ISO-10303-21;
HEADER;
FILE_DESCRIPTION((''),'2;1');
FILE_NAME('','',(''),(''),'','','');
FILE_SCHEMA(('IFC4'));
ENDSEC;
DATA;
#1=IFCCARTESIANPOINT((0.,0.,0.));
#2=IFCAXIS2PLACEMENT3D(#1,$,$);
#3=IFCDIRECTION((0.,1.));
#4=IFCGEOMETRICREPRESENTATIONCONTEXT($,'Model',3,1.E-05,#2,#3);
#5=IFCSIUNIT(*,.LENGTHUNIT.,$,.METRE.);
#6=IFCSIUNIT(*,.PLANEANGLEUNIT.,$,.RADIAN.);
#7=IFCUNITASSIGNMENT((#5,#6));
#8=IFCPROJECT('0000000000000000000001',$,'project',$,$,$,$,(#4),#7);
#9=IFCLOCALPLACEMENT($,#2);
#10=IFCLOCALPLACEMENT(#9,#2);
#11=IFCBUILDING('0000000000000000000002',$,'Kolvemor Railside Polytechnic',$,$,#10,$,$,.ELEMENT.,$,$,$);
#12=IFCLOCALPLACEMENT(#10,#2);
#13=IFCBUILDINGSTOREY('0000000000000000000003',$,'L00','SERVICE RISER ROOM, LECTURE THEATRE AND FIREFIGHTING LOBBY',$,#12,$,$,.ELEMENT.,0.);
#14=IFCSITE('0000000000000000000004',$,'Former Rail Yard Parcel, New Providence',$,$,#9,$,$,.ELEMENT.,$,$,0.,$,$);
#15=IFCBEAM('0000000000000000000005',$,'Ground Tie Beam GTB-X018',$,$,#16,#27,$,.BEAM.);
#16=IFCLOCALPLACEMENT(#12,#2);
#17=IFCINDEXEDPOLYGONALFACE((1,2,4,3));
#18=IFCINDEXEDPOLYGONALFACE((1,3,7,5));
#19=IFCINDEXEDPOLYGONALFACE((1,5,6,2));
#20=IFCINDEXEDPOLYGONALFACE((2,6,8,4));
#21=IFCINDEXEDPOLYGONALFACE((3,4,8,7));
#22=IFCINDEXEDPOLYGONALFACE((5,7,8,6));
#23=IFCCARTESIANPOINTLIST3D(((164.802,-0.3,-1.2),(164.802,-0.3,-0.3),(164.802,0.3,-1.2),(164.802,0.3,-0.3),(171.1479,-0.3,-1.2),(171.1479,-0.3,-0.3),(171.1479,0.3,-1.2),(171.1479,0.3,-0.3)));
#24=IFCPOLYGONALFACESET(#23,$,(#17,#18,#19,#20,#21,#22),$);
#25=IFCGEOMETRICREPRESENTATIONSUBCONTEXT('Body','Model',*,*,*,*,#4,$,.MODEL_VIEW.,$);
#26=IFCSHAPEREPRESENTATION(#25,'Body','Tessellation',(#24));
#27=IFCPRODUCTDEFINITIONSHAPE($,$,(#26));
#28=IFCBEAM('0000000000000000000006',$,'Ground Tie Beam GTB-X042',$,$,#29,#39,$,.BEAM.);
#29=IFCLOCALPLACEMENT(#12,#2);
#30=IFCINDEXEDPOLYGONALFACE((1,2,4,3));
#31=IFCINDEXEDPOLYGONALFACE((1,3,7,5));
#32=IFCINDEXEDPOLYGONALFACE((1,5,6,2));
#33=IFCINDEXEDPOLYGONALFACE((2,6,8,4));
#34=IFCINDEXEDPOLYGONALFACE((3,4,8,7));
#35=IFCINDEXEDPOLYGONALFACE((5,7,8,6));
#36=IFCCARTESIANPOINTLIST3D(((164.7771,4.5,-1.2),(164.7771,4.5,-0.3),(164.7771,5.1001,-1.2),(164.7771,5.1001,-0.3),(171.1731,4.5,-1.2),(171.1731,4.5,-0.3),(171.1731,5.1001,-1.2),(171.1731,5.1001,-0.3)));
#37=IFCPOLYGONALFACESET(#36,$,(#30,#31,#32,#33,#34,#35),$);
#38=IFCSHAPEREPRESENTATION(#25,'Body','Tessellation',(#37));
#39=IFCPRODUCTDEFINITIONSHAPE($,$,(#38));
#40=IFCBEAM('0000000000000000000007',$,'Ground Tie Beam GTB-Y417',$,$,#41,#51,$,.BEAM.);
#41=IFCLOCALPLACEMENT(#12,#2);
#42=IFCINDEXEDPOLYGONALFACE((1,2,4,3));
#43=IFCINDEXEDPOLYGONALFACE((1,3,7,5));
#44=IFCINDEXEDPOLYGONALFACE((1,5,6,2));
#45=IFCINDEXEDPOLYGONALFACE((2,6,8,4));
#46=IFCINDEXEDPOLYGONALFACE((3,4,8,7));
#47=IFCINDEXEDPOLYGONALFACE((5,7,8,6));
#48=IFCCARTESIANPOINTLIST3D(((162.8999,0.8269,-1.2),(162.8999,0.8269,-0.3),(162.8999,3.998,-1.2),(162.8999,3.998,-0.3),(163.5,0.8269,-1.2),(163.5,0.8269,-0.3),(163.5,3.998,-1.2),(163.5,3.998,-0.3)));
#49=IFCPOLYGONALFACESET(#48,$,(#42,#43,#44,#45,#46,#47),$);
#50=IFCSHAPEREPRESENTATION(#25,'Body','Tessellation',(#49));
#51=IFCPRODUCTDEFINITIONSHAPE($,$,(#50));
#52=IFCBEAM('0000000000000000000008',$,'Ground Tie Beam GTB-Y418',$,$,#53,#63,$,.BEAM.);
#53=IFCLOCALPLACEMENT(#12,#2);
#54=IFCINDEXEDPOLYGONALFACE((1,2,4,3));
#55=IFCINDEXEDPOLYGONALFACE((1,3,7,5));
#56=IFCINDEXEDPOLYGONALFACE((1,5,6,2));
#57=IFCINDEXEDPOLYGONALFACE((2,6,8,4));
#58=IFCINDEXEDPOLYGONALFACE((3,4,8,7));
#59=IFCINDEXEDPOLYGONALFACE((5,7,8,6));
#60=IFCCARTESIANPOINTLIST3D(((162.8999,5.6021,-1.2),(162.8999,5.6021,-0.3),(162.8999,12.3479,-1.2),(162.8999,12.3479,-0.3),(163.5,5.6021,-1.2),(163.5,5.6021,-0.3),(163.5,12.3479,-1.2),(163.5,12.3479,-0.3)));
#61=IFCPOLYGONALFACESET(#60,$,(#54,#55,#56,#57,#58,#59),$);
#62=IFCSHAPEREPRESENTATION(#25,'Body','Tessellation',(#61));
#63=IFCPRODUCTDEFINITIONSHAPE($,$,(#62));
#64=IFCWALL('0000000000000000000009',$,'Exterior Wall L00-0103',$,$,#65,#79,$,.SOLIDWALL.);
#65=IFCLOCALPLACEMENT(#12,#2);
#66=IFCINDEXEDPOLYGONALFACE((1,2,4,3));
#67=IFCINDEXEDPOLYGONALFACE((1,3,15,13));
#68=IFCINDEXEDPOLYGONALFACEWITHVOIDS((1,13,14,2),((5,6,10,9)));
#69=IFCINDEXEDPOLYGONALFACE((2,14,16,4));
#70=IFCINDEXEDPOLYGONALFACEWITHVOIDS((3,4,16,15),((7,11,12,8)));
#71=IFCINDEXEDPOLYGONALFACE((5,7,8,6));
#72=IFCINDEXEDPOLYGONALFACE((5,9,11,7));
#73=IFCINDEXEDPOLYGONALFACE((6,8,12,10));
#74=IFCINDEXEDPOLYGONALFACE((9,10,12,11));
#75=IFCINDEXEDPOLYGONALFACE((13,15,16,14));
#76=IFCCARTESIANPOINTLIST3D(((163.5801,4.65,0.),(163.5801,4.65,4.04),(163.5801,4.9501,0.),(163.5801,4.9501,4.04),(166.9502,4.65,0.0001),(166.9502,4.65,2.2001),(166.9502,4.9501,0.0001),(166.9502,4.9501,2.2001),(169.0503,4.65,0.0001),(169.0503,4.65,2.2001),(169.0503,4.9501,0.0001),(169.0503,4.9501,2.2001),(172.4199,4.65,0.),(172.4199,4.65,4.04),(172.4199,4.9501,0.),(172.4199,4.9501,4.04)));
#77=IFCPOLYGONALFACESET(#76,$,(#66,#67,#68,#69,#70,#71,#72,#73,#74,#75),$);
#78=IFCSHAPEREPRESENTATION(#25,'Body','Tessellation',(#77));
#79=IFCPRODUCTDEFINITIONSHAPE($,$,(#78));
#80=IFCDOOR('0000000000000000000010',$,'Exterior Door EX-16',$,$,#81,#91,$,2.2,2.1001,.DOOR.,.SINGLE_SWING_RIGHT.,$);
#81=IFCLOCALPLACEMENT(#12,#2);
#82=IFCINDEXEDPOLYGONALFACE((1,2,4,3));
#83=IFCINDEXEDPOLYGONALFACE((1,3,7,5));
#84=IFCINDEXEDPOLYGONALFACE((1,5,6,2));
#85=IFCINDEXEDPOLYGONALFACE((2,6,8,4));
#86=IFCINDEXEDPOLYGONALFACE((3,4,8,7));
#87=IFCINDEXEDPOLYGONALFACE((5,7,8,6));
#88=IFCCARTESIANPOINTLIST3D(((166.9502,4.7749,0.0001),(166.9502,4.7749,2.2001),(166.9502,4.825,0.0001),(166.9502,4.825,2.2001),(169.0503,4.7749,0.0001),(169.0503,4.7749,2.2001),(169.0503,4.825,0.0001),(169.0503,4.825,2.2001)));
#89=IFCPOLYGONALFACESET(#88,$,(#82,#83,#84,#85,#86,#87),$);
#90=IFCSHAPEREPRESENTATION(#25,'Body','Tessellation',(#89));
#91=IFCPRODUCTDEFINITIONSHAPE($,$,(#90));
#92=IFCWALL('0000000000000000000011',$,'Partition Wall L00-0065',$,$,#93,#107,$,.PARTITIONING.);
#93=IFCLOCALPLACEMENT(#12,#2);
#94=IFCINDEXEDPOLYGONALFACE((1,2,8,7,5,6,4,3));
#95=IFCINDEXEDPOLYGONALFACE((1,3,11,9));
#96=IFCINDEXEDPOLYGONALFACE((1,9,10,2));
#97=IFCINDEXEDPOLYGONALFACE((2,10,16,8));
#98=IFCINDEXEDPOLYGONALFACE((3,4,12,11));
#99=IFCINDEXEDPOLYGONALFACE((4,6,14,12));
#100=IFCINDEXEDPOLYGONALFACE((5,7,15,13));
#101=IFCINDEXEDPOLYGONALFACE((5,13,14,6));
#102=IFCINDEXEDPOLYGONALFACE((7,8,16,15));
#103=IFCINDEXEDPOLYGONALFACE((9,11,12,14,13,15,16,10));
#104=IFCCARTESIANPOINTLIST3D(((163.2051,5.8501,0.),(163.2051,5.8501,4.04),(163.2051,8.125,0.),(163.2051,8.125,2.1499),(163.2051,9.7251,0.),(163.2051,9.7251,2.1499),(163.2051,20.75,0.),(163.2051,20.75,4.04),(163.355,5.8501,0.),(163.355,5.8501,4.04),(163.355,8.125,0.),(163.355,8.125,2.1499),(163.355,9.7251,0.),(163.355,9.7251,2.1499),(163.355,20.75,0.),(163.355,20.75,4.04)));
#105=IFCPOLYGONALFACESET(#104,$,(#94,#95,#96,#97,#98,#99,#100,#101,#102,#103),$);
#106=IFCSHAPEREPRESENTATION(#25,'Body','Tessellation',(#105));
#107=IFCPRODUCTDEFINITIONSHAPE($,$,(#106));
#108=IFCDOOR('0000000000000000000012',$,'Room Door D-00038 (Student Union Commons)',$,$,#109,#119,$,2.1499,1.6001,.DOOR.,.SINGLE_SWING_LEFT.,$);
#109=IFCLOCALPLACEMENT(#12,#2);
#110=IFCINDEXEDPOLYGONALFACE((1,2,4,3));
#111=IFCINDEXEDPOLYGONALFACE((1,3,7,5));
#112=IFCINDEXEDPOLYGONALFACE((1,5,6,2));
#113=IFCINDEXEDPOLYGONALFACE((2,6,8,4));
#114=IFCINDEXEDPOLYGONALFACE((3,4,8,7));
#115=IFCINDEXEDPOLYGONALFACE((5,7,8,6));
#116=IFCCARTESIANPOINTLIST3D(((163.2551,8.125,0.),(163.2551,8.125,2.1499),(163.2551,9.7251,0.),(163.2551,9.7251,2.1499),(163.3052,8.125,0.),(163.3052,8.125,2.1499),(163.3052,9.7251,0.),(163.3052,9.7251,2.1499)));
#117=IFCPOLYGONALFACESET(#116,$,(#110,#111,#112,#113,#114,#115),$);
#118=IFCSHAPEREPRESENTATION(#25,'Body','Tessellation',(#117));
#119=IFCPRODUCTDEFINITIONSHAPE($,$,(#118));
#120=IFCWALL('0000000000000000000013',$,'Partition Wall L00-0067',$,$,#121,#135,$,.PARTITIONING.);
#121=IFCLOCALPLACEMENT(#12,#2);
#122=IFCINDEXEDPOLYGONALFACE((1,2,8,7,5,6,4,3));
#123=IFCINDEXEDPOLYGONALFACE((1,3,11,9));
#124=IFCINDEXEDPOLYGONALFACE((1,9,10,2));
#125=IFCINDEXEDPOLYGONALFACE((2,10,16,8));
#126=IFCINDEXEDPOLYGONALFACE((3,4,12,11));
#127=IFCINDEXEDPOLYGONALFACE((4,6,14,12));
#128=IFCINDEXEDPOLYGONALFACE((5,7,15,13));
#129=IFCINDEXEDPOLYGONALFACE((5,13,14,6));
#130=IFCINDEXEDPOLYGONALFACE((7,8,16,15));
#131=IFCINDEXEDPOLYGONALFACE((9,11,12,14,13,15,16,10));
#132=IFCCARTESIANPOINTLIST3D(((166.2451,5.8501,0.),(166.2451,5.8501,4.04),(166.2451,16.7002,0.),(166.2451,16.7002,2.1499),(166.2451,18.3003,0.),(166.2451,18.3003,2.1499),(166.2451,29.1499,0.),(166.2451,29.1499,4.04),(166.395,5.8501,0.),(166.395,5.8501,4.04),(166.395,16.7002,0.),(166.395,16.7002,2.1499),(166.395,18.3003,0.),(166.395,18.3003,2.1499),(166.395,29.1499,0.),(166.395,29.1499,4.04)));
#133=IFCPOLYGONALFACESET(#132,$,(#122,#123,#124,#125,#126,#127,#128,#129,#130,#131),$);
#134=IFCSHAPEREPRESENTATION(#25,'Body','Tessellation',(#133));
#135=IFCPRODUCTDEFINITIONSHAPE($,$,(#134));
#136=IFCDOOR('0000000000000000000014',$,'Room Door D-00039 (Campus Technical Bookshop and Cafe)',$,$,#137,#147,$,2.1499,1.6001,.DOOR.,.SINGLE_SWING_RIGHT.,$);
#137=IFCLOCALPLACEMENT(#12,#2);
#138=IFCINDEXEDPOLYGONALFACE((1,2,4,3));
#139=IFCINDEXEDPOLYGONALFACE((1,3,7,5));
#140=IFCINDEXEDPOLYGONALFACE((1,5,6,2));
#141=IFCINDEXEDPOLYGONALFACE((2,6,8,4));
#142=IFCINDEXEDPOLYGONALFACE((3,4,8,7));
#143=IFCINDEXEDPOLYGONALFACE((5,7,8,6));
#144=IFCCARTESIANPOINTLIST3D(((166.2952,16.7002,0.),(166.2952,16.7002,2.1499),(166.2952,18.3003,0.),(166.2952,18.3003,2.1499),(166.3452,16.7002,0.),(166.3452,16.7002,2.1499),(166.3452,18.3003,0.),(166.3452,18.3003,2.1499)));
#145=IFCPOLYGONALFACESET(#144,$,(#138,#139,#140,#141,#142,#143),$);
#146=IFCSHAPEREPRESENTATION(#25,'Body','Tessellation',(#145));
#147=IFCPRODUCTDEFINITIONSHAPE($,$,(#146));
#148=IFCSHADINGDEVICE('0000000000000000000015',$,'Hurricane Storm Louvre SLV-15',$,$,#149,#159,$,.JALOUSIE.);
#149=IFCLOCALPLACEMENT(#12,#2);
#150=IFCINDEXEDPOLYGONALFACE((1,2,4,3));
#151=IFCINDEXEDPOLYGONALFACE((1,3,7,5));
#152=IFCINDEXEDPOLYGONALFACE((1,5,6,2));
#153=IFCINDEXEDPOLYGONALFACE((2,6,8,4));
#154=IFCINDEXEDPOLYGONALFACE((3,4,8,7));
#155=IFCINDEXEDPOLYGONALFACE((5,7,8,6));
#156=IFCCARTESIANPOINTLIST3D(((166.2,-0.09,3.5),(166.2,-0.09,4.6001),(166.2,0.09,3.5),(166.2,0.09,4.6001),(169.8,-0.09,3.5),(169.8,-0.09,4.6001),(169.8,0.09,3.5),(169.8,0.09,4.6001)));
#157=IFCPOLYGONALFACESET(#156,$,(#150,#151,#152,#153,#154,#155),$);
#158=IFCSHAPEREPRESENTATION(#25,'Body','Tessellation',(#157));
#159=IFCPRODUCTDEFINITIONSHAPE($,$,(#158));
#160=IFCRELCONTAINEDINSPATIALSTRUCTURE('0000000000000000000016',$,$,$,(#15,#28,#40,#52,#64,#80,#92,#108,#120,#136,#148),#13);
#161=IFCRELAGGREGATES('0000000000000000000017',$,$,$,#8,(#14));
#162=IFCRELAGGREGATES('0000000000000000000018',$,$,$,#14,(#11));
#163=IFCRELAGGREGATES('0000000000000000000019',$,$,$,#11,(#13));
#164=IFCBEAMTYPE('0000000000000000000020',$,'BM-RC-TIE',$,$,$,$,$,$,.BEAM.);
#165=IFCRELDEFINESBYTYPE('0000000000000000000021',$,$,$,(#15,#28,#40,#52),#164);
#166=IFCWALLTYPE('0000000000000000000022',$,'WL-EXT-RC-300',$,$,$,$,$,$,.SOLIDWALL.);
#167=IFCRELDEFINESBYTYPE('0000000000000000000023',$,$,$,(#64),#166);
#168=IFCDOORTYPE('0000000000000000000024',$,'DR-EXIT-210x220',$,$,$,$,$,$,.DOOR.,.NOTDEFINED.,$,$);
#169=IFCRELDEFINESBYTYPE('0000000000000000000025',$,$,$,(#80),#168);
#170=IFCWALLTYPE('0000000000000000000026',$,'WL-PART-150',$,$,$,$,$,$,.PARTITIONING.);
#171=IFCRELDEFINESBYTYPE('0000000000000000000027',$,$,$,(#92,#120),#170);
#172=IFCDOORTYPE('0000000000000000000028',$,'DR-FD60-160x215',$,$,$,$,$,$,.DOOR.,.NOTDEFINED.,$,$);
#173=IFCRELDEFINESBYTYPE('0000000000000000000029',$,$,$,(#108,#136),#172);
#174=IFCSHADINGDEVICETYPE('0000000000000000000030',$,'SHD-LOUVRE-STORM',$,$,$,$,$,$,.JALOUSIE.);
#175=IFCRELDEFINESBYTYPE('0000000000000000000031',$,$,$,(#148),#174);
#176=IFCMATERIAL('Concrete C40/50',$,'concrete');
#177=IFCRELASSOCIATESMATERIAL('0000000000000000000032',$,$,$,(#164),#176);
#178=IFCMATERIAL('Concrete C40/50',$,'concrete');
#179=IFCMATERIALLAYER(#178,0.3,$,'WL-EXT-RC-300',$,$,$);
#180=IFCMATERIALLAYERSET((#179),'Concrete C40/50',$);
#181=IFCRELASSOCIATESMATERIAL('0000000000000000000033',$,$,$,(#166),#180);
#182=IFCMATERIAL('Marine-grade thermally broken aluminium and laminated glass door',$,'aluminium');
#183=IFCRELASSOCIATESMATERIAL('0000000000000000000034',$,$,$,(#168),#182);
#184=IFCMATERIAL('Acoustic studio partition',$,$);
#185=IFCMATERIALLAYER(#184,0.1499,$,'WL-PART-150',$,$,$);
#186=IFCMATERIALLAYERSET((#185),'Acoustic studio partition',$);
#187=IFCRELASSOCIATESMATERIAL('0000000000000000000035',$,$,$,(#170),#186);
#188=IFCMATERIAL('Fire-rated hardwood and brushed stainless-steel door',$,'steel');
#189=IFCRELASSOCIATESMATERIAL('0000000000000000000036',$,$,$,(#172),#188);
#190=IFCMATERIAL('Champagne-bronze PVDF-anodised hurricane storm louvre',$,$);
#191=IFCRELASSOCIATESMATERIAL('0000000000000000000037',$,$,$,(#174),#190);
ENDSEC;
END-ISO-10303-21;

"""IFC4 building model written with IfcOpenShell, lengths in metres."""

from ifc_helpers import new_model, si_unit, direction, frame, frame_2d, origin, origin_2d, place, context, subcontext, project, spatial, rectangle, extrude, material, layer, layer_set, material_profile, profile_set, type_object, element, fill, save


model = new_model("IFC4")

# Units and contexts
model_context = context("Model", 3, precision=1e-05, world=origin(), true_north=direction((0.0, 1.0)))
body_context = subcontext(model_context, "Body", "Model", "MODEL_VIEW")
ifc_project = project(units=[si_unit("LENGTHUNIT", "METRE"), si_unit("PLANEANGLEUNIT", "RADIAN")], contexts=[model_context])

# Site, building, storey
site_placement = place(None, origin())
site = spatial("IfcSite", under=ifc_project, at=site_placement, Name="Former Rail Yard Parcel, New Providence", CompositionType="ELEMENT", RefElevation=0.0)
building_placement = place(site_placement, origin())
building = spatial("IfcBuilding", under=site, at=building_placement, Name="Kolvemor Railside Polytechnic", CompositionType="ELEMENT")
storey_placement = place(building_placement, origin())
storey = spatial("IfcBuildingStorey", under=building, at=storey_placement, Name="L00", Description="SERVICE RISER ROOM, LECTURE THEATRE AND FIREFIGHTING LOBBY", CompositionType="ELEMENT", Elevation=0.0)

# Beams
ifc_material_1 = material(Name="Concrete C40/50", Category="concrete")
ifc_material_profile_1 = material_profile(ifc_material_1, rectangle(XDim=0.6001, YDim=0.8999, at=origin_2d()), Name="RC600x900")
ifc_profile_set_1 = profile_set([ifc_material_profile_1], Name="Concrete C40/50")
beam_type_1 = type_object("IfcBeamType", Name="BM-RC-TIE", PredefinedType="BEAM", material=ifc_profile_set_1)
beam_1_placement = place(storey_placement, frame((164.802, 0.0, -0.75), z_axis=(1.0, 0.0, 0.0), x_axis=(0.0, 1.0, 0.0)))
element("IfcBeam", 1, at=beam_1_placement, inside=storey, type_object=beam_type_1, Name="Ground Tie Beam GTB-X018", PredefinedType="BEAM", context=body_context, shape_type="SweptSolid", body=[
    extrude(rectangle(XDim=0.6001, YDim=0.8999, at=origin_2d()), origin(), (0.0, 0.0, 1.0), 6.3459),
])
beam_2_placement = place(storey_placement, frame((164.7771, 4.8, -0.75), z_axis=(1.0, 0.0, 0.0), x_axis=(0.0, 1.0, 0.0)))
element("IfcBeam", 2, at=beam_2_placement, inside=storey, type_object=beam_type_1, Name="Ground Tie Beam GTB-X042", PredefinedType="BEAM", context=body_context, shape_type="SweptSolid", body=[
    extrude(rectangle(XDim=0.6001, YDim=0.8999, at=origin_2d()), origin(), (0.0, 0.0, 1.0), 6.396),
])
beam_3_placement = place(storey_placement, frame((163.2, 0.8269, -0.75), z_axis=(0.0, 1.0, 0.0), x_axis=(-1.0, 0.0, 0.0)))
element("IfcBeam", 3, at=beam_3_placement, inside=storey, type_object=beam_type_1, Name="Ground Tie Beam GTB-Y417", PredefinedType="BEAM", context=body_context, shape_type="SweptSolid", body=[
    extrude(rectangle(XDim=0.6001, YDim=0.8999, at=origin_2d()), origin(), (0.0, 0.0, 1.0), 3.1711),
])
beam_4_placement = place(storey_placement, frame((163.2, 5.6021, -0.75), z_axis=(0.0, 1.0, 0.0), x_axis=(-1.0, 0.0, 0.0)))
element("IfcBeam", 4, at=beam_4_placement, inside=storey, type_object=beam_type_1, Name="Ground Tie Beam GTB-Y418", PredefinedType="BEAM", context=body_context, shape_type="SweptSolid", body=[
    extrude(rectangle(XDim=0.6001, YDim=0.8999, at=origin_2d()), origin(), (0.0, 0.0, 1.0), 6.7458),
])

# Walls, openings, doors
ifc_material_2 = material(Name="Concrete C40/50", Category="concrete")
ifc_layer_1 = layer(ifc_material_2, 0.3, Name="WL-EXT-RC-300")
ifc_layer_set_1 = layer_set([ifc_layer_1], Name="Concrete C40/50")
wall_type_1 = type_object("IfcWallType", Name="WL-EXT-RC-300", PredefinedType="SOLIDWALL", material=ifc_layer_set_1)
wall_1_placement = place(storey_placement, frame((163.5801, 4.8, 0.0), z_axis=(0.0, 0.0, 1.0), x_axis=(1.0, 0.0, 0.0)))
wall_1 = element("IfcWall", 5, at=wall_1_placement, inside=storey, type_object=wall_type_1, Name="Exterior Wall L00-0103", PredefinedType="SOLIDWALL", context=body_context, shape_type="SweptSolid", body=[
    extrude(rectangle(XDim=8.8398, YDim=0.3, at=frame_2d((4.4199, 0.0))), origin(), (0.0, 0.0, 1.0), 4.04),
])
opening_1_placement = place(wall_1_placement, frame((3.3701, 0.0, 0.0)))
opening_1 = element("IfcOpeningElement", 6, at=opening_1_placement, cuts=wall_1, PredefinedType="OPENING", context=body_context, shape_type="SweptSolid", body=[
    extrude(rectangle(XDim=2.1001, YDim=2.2, at=frame_2d((1.05, 1.1001))), frame((0.0, 0.1599, 0.0), z_axis=(0.0, -1.0, 0.0), x_axis=(1.0, 0.0, 0.0)), (0.0, 0.0, 1.0), 0.3201),
])
ifc_material_3 = material(Name="Marine-grade thermally broken aluminium and laminated glass door", Category="aluminium")
door_type_1 = type_object("IfcDoorType", Name="DR-EXIT-210x220", OperationType="NOTDEFINED", PredefinedType="DOOR", material=ifc_material_3)
door_1_placement = place(opening_1_placement, origin())
door_1 = element("IfcDoor", 7, at=door_1_placement, inside=storey, type_object=door_type_1, Name="Exterior Door EX-16", OperationType="SINGLE_SWING_RIGHT", OverallHeight=2.2, OverallWidth=2.1001, PredefinedType="DOOR", context=body_context, shape_type="SweptSolid", body=[
    extrude(rectangle(XDim=2.1001, YDim=2.2, at=frame_2d((1.05, 1.1001))), frame((0.0, 0.0249, 0.0), z_axis=(0.0, -1.0, 0.0), x_axis=(1.0, 0.0, 0.0)), (0.0, 0.0, 1.0), 0.05),
])
fill(opening_1, door_1)
ifc_material_4 = material(Name="Acoustic studio partition")
ifc_layer_2 = layer(ifc_material_4, 0.1499, Name="WL-PART-150")
ifc_layer_set_2 = layer_set([ifc_layer_2], Name="Acoustic studio partition")
wall_type_2 = type_object("IfcWallType", Name="WL-PART-150", PredefinedType="PARTITIONING", material=ifc_layer_set_2)
wall_2_placement = place(storey_placement, frame((163.28, 5.8501, 0.0), z_axis=(0.0, 0.0, 1.0), x_axis=(0.0, 1.0, 0.0)))
wall_2 = element("IfcWall", 8, at=wall_2_placement, inside=storey, type_object=wall_type_2, Name="Partition Wall L00-0065", PredefinedType="PARTITIONING", context=body_context, shape_type="SweptSolid", body=[
    extrude(rectangle(XDim=14.8999, YDim=0.1499, at=frame_2d((7.45, 0.0))), origin(), (0.0, 0.0, 1.0), 4.04),
])
opening_2_placement = place(wall_2_placement, frame((2.2749, 0.0, 0.0)))
opening_2 = element("IfcOpeningElement", 9, at=opening_2_placement, cuts=wall_2, PredefinedType="OPENING", context=body_context, shape_type="SweptSolid", body=[
    extrude(rectangle(XDim=1.6001, YDim=2.1499, at=frame_2d((0.8, 1.075))), frame((0.0, 0.085, 0.0), z_axis=(0.0, -1.0, 0.0), x_axis=(1.0, 0.0, 0.0)), (0.0, 0.0, 1.0), 0.1699),
])
ifc_material_5 = material(Name="Fire-rated hardwood and brushed stainless-steel door", Category="steel")
door_type_2 = type_object("IfcDoorType", Name="DR-FD60-160x215", OperationType="NOTDEFINED", PredefinedType="DOOR", material=ifc_material_5)
door_2_placement = place(opening_2_placement, origin())
door_2 = element("IfcDoor", 10, at=door_2_placement, inside=storey, type_object=door_type_2, Name="Room Door D-00038 (Student Union Commons)", OperationType="SINGLE_SWING_LEFT", OverallHeight=2.1499, OverallWidth=1.6001, PredefinedType="DOOR", context=body_context, shape_type="SweptSolid", body=[
    extrude(rectangle(XDim=1.6001, YDim=2.1499, at=frame_2d((0.8, 1.075))), frame((0.0, 0.0249, 0.0), z_axis=(0.0, -1.0, 0.0), x_axis=(1.0, 0.0, 0.0)), (0.0, 0.0, 1.0), 0.05),
])
fill(opening_2, door_2)
wall_3_placement = place(storey_placement, frame((166.3201, 5.8501, 0.0), z_axis=(0.0, 0.0, 1.0), x_axis=(0.0, 1.0, 0.0)))
wall_3 = element("IfcWall", 11, at=wall_3_placement, inside=storey, type_object=wall_type_2, Name="Partition Wall L00-0067", PredefinedType="PARTITIONING", context=body_context, shape_type="SweptSolid", body=[
    extrude(rectangle(XDim=23.2998, YDim=0.1499, at=frame_2d((11.6499, 0.0))), origin(), (0.0, 0.0, 1.0), 4.04),
])
opening_3_placement = place(wall_3_placement, frame((10.8501, 0.0, 0.0)))
opening_3 = element("IfcOpeningElement", 12, at=opening_3_placement, cuts=wall_3, PredefinedType="OPENING", context=body_context, shape_type="SweptSolid", body=[
    extrude(rectangle(XDim=1.6001, YDim=2.1499, at=frame_2d((0.8, 1.075))), frame((0.0, 0.085, 0.0), z_axis=(0.0, -1.0, 0.0), x_axis=(1.0, 0.0, 0.0)), (0.0, 0.0, 1.0), 0.1699),
])
door_3_placement = place(opening_3_placement, origin())
door_3 = element("IfcDoor", 13, at=door_3_placement, inside=storey, type_object=door_type_2, Name="Room Door D-00039 (Campus Technical Bookshop and Cafe)", OperationType="SINGLE_SWING_RIGHT", OverallHeight=2.1499, OverallWidth=1.6001, PredefinedType="DOOR", context=body_context, shape_type="SweptSolid", body=[
    extrude(rectangle(XDim=1.6001, YDim=2.1499, at=frame_2d((0.8, 1.075))), frame((0.0, 0.0249, 0.0), z_axis=(0.0, -1.0, 0.0), x_axis=(1.0, 0.0, 0.0)), (0.0, 0.0, 1.0), 0.05),
])
fill(opening_3, door_3)

# Shading device
ifc_material_6 = material(Name="Champagne-bronze PVDF-anodised hurricane storm louvre")
shading_device_type = type_object("IfcShadingDeviceType", Name="SHD-LOUVRE-STORM", PredefinedType="JALOUSIE", material=ifc_material_6)
shading_device_placement = place(storey_placement, frame((168.0, 0.0, 3.5), z_axis=(0.0, 0.0, 1.0), x_axis=(1.0, 0.0, 0.0)))
element("IfcShadingDevice", 14, at=shading_device_placement, inside=storey, type_object=shading_device_type, Name="Hurricane Storm Louvre SLV-15", PredefinedType="JALOUSIE", context=body_context, shape_type="SweptSolid", body=[
    extrude(rectangle(XDim=3.6001, YDim=0.1799, at=origin_2d()), origin(), (0.0, 0.0, 1.0), 1.1001),
])

save(model, "model.ifc")
